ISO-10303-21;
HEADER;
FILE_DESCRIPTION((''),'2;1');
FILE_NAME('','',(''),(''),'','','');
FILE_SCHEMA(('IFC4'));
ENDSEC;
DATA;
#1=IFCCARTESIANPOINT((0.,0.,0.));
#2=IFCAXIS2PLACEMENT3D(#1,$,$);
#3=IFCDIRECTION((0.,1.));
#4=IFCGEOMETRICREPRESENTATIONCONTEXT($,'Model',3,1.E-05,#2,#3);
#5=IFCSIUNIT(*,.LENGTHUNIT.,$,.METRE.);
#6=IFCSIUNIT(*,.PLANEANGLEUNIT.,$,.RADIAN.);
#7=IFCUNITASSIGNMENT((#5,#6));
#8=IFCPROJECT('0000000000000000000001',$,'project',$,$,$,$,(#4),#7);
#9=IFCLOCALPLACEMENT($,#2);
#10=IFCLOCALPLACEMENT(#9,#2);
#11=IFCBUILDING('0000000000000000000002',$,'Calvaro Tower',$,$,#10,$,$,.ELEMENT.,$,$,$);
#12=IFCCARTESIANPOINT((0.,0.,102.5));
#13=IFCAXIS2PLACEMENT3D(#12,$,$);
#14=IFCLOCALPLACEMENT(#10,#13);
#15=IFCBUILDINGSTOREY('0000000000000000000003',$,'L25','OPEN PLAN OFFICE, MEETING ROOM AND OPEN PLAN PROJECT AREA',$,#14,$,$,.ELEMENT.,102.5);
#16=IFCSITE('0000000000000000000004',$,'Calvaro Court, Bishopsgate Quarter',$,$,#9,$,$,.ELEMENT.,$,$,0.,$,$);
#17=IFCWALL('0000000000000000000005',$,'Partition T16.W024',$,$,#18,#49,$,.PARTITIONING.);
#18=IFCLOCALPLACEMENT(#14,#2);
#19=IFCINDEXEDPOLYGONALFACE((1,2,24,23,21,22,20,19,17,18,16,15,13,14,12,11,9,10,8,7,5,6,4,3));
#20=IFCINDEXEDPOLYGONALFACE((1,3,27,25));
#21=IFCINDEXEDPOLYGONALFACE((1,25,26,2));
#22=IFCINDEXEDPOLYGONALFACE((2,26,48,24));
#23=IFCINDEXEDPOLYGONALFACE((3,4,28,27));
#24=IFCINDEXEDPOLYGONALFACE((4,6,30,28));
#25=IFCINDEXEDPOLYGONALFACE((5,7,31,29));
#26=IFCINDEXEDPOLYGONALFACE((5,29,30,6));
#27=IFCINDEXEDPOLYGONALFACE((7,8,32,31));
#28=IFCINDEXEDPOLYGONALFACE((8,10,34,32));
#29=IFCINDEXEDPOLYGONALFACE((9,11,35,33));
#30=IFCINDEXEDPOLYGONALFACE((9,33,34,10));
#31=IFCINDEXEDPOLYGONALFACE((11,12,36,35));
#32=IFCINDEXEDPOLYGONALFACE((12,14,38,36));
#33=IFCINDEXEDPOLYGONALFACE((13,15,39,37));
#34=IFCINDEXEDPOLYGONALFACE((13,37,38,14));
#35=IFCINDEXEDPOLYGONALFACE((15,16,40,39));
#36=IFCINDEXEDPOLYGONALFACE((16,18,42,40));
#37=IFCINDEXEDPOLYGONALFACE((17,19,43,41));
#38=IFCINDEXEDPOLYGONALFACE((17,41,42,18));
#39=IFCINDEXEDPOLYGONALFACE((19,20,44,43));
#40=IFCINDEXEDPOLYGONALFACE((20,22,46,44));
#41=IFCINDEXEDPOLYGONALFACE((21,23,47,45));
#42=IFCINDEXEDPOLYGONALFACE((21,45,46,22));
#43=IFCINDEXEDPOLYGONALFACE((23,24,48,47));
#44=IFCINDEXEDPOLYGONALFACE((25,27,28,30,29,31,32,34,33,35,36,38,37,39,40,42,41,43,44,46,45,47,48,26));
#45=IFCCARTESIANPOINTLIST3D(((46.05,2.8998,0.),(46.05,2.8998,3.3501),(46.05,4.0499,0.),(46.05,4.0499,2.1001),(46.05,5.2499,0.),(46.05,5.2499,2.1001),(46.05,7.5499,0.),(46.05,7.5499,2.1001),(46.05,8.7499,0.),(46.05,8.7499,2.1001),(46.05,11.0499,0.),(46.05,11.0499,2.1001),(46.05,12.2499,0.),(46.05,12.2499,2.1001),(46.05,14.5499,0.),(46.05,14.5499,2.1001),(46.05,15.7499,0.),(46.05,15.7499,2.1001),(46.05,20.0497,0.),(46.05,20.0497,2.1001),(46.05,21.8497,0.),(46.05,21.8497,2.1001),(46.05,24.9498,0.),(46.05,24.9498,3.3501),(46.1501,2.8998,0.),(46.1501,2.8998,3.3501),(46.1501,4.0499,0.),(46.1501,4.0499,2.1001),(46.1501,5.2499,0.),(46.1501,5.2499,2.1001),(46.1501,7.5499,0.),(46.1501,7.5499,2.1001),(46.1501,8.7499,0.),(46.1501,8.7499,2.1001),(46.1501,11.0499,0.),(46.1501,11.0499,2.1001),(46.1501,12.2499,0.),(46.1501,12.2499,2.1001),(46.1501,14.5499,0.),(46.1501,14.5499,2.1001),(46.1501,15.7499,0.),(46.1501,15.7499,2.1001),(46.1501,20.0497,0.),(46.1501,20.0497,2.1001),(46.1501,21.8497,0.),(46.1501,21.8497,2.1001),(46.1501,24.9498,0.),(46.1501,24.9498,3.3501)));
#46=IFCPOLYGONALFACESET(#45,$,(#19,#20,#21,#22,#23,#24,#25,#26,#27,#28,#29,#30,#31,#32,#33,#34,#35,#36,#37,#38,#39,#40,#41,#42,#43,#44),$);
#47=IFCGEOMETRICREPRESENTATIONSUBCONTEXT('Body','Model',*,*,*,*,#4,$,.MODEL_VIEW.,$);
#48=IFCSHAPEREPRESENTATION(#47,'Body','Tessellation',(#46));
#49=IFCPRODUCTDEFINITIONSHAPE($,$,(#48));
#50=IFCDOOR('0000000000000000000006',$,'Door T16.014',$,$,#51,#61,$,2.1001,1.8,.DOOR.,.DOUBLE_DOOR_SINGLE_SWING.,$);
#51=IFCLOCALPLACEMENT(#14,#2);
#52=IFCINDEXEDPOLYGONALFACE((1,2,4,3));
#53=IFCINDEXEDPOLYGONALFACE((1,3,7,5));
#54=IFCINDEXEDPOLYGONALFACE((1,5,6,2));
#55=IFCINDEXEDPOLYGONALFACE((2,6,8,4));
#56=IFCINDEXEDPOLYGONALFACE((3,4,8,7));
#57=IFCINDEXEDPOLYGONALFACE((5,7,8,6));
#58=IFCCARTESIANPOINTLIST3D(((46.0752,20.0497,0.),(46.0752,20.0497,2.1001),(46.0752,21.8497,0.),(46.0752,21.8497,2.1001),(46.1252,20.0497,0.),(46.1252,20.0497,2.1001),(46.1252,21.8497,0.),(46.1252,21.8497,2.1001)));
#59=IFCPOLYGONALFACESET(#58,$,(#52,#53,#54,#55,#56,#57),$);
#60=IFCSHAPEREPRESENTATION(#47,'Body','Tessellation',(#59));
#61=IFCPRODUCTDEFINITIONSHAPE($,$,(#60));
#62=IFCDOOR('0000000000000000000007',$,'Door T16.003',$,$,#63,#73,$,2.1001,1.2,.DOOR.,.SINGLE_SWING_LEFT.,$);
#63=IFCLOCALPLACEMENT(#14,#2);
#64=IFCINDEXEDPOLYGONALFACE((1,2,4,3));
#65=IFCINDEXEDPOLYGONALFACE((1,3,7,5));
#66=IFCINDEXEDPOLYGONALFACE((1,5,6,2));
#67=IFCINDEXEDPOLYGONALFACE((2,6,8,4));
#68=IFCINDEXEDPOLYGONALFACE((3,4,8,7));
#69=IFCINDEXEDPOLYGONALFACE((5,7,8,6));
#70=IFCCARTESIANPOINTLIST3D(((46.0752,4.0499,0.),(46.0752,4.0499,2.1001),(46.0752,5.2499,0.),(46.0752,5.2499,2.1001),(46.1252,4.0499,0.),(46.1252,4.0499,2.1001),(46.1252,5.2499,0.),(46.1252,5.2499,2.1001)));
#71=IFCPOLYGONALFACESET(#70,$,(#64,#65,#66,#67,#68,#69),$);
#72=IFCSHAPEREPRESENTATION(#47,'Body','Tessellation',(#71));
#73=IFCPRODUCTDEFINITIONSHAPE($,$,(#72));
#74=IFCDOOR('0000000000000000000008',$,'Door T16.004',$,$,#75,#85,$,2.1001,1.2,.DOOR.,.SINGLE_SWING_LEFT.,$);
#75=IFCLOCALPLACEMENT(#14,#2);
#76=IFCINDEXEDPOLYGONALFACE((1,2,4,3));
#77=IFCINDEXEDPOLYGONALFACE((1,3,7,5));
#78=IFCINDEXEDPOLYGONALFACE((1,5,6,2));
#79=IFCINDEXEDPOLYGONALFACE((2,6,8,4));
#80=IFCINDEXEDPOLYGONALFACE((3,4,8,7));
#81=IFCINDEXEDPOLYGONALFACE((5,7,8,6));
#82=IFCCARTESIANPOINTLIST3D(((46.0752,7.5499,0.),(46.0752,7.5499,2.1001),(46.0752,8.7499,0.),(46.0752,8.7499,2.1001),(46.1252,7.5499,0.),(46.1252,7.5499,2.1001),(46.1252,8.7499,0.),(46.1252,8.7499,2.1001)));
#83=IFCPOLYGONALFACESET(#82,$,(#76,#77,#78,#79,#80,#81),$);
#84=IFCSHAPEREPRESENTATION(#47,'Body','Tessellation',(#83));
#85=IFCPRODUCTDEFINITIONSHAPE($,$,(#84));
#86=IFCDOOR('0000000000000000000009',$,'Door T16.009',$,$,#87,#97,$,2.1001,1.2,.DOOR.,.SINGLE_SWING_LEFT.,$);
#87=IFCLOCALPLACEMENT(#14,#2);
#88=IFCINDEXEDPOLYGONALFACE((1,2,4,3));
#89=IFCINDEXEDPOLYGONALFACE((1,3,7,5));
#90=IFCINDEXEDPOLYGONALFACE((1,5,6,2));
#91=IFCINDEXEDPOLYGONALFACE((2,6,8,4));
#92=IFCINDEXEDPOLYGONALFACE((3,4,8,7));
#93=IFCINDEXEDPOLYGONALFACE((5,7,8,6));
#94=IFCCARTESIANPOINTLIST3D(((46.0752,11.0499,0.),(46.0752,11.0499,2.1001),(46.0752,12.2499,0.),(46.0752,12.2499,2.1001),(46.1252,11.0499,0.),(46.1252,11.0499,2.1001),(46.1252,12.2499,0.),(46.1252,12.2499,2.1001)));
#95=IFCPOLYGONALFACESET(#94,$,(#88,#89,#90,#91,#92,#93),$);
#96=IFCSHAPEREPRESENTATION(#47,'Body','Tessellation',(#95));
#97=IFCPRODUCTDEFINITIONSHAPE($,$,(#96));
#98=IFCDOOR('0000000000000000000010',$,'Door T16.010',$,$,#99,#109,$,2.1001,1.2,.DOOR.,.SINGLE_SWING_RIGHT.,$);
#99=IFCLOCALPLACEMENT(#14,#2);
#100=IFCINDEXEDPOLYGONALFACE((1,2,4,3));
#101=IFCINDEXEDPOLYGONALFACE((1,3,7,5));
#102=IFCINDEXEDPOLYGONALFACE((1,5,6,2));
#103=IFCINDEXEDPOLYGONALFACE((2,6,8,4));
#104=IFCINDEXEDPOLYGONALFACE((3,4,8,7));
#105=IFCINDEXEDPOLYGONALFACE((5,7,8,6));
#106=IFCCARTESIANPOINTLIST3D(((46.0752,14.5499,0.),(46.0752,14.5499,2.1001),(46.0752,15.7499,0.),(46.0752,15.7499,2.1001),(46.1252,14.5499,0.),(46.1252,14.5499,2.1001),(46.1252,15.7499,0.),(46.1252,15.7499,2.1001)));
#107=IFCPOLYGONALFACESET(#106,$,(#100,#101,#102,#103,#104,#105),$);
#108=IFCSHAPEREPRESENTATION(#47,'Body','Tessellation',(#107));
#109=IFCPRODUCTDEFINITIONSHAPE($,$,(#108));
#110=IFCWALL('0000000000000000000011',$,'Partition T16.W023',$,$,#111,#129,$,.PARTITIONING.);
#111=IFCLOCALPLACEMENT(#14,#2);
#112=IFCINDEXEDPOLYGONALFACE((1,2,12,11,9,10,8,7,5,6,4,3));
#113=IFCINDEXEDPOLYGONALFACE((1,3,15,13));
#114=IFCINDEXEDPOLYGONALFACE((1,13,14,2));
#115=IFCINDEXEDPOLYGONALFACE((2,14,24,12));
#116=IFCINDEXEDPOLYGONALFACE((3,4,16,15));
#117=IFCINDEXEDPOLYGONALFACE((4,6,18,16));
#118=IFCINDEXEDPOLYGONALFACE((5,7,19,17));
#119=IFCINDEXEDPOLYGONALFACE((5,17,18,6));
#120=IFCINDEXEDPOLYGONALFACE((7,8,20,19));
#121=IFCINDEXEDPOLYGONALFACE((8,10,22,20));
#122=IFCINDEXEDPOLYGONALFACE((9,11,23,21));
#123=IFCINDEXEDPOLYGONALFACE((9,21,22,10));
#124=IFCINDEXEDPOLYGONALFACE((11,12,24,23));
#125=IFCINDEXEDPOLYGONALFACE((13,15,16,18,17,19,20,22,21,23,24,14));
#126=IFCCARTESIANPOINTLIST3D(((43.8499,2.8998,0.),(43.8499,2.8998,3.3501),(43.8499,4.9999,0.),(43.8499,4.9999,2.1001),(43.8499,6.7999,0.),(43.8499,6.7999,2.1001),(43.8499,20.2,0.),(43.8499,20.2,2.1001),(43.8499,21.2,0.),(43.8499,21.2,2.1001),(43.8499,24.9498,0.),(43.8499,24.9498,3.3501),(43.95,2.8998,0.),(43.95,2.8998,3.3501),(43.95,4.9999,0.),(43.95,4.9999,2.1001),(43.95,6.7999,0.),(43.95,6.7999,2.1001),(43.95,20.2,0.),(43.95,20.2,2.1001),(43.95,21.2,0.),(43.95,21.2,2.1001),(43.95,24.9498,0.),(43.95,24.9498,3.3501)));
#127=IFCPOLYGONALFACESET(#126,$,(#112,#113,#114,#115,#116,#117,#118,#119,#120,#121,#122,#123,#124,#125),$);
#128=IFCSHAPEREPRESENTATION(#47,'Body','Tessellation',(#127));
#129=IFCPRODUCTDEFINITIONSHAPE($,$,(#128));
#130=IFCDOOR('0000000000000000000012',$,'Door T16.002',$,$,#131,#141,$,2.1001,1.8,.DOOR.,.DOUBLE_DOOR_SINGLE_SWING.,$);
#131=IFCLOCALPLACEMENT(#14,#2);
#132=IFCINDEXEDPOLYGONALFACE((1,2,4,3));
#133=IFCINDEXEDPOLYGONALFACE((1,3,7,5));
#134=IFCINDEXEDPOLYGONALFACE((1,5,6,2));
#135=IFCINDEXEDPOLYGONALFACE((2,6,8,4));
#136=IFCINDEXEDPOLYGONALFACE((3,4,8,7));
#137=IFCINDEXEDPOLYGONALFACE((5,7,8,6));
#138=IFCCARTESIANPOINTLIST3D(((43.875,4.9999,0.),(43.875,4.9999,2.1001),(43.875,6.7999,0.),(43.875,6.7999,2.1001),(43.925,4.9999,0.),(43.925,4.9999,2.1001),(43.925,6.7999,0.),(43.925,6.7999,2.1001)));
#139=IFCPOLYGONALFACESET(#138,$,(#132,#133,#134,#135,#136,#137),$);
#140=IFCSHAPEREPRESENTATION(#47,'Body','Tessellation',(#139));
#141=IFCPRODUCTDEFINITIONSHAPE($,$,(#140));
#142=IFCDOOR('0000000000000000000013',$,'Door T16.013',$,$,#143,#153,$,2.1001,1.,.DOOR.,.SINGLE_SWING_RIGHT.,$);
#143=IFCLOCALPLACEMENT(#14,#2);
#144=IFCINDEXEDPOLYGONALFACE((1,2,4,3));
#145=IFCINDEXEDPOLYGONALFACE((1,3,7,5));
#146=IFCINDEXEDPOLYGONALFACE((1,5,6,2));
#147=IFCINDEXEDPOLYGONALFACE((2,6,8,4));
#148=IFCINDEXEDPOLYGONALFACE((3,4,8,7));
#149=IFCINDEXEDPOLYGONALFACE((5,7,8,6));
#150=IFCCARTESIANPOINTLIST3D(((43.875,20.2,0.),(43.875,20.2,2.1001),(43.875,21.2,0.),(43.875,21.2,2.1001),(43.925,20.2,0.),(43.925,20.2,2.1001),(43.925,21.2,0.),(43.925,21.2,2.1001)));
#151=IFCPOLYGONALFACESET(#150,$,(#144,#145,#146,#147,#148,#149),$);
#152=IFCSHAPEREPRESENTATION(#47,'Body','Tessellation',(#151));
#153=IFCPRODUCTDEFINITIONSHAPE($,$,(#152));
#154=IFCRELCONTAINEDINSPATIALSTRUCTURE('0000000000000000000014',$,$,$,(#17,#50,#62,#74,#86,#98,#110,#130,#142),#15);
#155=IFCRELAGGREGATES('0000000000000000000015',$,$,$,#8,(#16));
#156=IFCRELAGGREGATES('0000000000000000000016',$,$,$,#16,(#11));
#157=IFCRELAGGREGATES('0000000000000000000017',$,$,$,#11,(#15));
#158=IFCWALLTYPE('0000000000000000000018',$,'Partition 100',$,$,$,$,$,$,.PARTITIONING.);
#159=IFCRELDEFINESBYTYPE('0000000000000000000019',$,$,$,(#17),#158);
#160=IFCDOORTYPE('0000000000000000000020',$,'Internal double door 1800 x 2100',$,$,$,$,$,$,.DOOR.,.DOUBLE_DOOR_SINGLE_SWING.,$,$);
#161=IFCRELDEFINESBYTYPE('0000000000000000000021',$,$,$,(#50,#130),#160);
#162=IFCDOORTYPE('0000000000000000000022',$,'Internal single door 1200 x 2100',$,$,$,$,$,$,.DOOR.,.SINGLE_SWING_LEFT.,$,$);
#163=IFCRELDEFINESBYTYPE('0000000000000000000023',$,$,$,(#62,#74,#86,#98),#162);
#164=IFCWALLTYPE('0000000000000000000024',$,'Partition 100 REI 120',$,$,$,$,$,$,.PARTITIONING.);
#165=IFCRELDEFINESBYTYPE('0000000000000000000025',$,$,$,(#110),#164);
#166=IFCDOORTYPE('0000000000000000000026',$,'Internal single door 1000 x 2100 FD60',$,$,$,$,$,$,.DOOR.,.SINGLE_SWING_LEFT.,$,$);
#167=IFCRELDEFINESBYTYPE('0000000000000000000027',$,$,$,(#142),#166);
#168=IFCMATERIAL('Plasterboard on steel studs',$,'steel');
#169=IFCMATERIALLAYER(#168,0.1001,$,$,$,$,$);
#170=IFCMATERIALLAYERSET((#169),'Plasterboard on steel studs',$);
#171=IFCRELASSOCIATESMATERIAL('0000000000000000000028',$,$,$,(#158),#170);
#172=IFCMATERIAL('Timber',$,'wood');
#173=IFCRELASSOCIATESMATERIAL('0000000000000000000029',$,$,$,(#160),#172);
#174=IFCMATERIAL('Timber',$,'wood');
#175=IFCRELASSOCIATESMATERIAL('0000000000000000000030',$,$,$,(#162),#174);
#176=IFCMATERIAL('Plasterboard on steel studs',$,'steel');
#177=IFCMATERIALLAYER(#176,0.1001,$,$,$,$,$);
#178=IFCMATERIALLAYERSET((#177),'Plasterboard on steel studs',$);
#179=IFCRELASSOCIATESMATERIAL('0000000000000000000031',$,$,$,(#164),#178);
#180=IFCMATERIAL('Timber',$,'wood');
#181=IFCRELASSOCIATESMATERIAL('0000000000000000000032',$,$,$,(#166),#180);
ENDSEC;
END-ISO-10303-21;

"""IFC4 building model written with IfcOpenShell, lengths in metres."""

from ifc_helpers import new_model, si_unit, direction, frame, frame_2d, origin, place, context, subcontext, project, spatial, rectangle, extrude, material, layer, layer_set, type_object, element, fill, save


model = new_model("IFC4")

# Units and contexts
model_context = context("Model", 3, precision=1e-05, world=origin(), true_north=direction((0.0, 1.0)))
body_context = subcontext(model_context, "Body", "Model", "MODEL_VIEW")
ifc_project = project(units=[si_unit("LENGTHUNIT", "METRE"), si_unit("PLANEANGLEUNIT", "RADIAN")], contexts=[model_context])

# Site, building, storey
site_placement = place(None, origin())
site = spatial("IfcSite", under=ifc_project, at=site_placement, Name="Calvaro Court, Bishopsgate Quarter", CompositionType="ELEMENT", RefElevation=0.0)
building_placement = place(site_placement, origin())
building = spatial("IfcBuilding", under=site, at=building_placement, Name="Calvaro Tower", CompositionType="ELEMENT")
storey_placement = place(building_placement, frame((0.0, 0.0, 102.5)))
storey = spatial("IfcBuildingStorey", under=building, at=storey_placement, Name="L25", Description="OPEN PLAN OFFICE, MEETING ROOM AND OPEN PLAN PROJECT AREA", CompositionType="ELEMENT", Elevation=102.5)

# Shared definitions
ifc_material_1 = material(Name="Plasterboard on steel studs", Category="steel")
ifc_layer_1 = layer(ifc_material_1, 0.1001)
ifc_layer_set_1 = layer_set([ifc_layer_1], Name="Plasterboard on steel studs")
wall_type_1 = type_object("IfcWallType", Name="Partition 100", PredefinedType="PARTITIONING", material=ifc_layer_set_1)

# Walls, openings, doors
wall_1_placement = place(storey_placement, frame((46.1001, 2.8999, 0.0), z_axis=(0.0, 0.0, 1.0), x_axis=(0.0, 1.0, 0.0)))
wall_1 = element("IfcWall", 1, at=wall_1_placement, inside=storey, type_object=wall_type_1, Name="Partition T16.W024", PredefinedType="PARTITIONING", context=body_context, shape_type="SweptSolid", body=[
    extrude(rectangle(XDim=22.05, YDim=0.1001, at=frame_2d((11.0249, 0.0))), origin(), (0.0, 0.0, 1.0), 3.3501),
])
opening_1_placement = place(wall_1_placement, frame((1.1499, 0.0, 0.0)))
opening_1 = element("IfcOpeningElement", 2, at=opening_1_placement, cuts=wall_1, PredefinedType="OPENING", context=body_context, shape_type="SweptSolid", body=[
    extrude(rectangle(XDim=1.2, YDim=2.1001, at=frame_2d((0.6001, 1.05))), frame((0.0, 0.0601, 0.0), z_axis=(0.0, -1.0, 0.0), x_axis=(1.0, 0.0, 0.0)), (0.0, 0.0, 1.0), 0.1201),
])
opening_2_placement = place(wall_1_placement, frame((4.6499, 0.0, 0.0)))
opening_2 = element("IfcOpeningElement", 3, at=opening_2_placement, cuts=wall_1, PredefinedType="OPENING", context=body_context, shape_type="SweptSolid", body=[
    extrude(rectangle(XDim=1.2, YDim=2.1001, at=frame_2d((0.6001, 1.05))), frame((0.0, 0.0601, 0.0), z_axis=(0.0, -1.0, 0.0), x_axis=(1.0, 0.0, 0.0)), (0.0, 0.0, 1.0), 0.1201),
])
opening_3_placement = place(wall_1_placement, frame((8.1499, 0.0, 0.0)))
opening_3 = element("IfcOpeningElement", 4, at=opening_3_placement, cuts=wall_1, PredefinedType="OPENING", context=body_context, shape_type="SweptSolid", body=[
    extrude(rectangle(XDim=1.2, YDim=2.1001, at=frame_2d((0.6001, 1.05))), frame((0.0, 0.0601, 0.0), z_axis=(0.0, -1.0, 0.0), x_axis=(1.0, 0.0, 0.0)), (0.0, 0.0, 1.0), 0.1201),
])
opening_4_placement = place(wall_1_placement, frame((11.6499, 0.0, 0.0)))
opening_4 = element("IfcOpeningElement", 5, at=opening_4_placement, cuts=wall_1, PredefinedType="OPENING", context=body_context, shape_type="SweptSolid", body=[
    extrude(rectangle(XDim=1.2, YDim=2.1001, at=frame_2d((0.6001, 1.05))), frame((0.0, 0.0601, 0.0), z_axis=(0.0, -1.0, 0.0), x_axis=(1.0, 0.0, 0.0)), (0.0, 0.0, 1.0), 0.1201),
])
opening_5_placement = place(wall_1_placement, frame((17.1499, 0.0, 0.0)))
opening_5 = element("IfcOpeningElement", 6, at=opening_5_placement, cuts=wall_1, PredefinedType="OPENING", context=body_context, shape_type="SweptSolid", body=[
    extrude(rectangle(XDim=1.8, YDim=2.1001, at=frame_2d((0.8999, 1.05))), frame((0.0, 0.0601, 0.0), z_axis=(0.0, -1.0, 0.0), x_axis=(1.0, 0.0, 0.0)), (0.0, 0.0, 1.0), 0.1201),
])
ifc_material_2 = material(Name="Timber", Category="wood")
door_type_1 = type_object("IfcDoorType", Name="Internal double door 1800 x 2100", OperationType="DOUBLE_DOOR_SINGLE_SWING", PredefinedType="DOOR", material=ifc_material_2)
door_1_placement = place(opening_5_placement, origin())
door_1 = element("IfcDoor", 7, at=door_1_placement, inside=storey, type_object=door_type_1, Name="Door T16.014", OperationType="DOUBLE_DOOR_SINGLE_SWING", OverallHeight=2.1001, OverallWidth=1.8, PredefinedType="DOOR", context=body_context, shape_type="SweptSolid", body=[
    extrude(rectangle(XDim=1.8, YDim=2.1001, at=frame_2d((0.8999, 1.05))), frame((0.0, 0.0249, 0.0), z_axis=(0.0, -1.0, 0.0), x_axis=(1.0, 0.0, 0.0)), (0.0, 0.0, 1.0), 0.05),
])
fill(opening_5, door_1)
ifc_material_3 = material(Name="Timber", Category="wood")
door_type_2 = type_object("IfcDoorType", Name="Internal single door 1200 x 2100", OperationType="SINGLE_SWING_LEFT", PredefinedType="DOOR", material=ifc_material_3)
door_2_placement = place(opening_1_placement, origin())
door_2 = element("IfcDoor", 8, at=door_2_placement, inside=storey, type_object=door_type_2, Name="Door T16.003", OperationType="SINGLE_SWING_LEFT", OverallHeight=2.1001, OverallWidth=1.2, PredefinedType="DOOR", context=body_context, shape_type="SweptSolid", body=[
    extrude(rectangle(XDim=1.2, YDim=2.1001, at=frame_2d((0.6001, 1.05))), frame((0.0, 0.0249, 0.0), z_axis=(0.0, -1.0, 0.0), x_axis=(1.0, 0.0, 0.0)), (0.0, 0.0, 1.0), 0.05),
])
fill(opening_1, door_2)
door_3_placement = place(opening_2_placement, origin())
door_3 = element("IfcDoor", 9, at=door_3_placement, inside=storey, type_object=door_type_2, Name="Door T16.004", OperationType="SINGLE_SWING_LEFT", OverallHeight=2.1001, OverallWidth=1.2, PredefinedType="DOOR", context=body_context, shape_type="SweptSolid", body=[
    extrude(rectangle(XDim=1.2, YDim=2.1001, at=frame_2d((0.6001, 1.05))), frame((0.0, 0.0249, 0.0), z_axis=(0.0, -1.0, 0.0), x_axis=(1.0, 0.0, 0.0)), (0.0, 0.0, 1.0), 0.05),
])
fill(opening_2, door_3)
door_4_placement = place(opening_3_placement, origin())
door_4 = element("IfcDoor", 10, at=door_4_placement, inside=storey, type_object=door_type_2, Name="Door T16.009", OperationType="SINGLE_SWING_LEFT", OverallHeight=2.1001, OverallWidth=1.2, PredefinedType="DOOR", context=body_context, shape_type="SweptSolid", body=[
    extrude(rectangle(XDim=1.2, YDim=2.1001, at=frame_2d((0.6001, 1.05))), frame((0.0, 0.0249, 0.0), z_axis=(0.0, -1.0, 0.0), x_axis=(1.0, 0.0, 0.0)), (0.0, 0.0, 1.0), 0.05),
])
fill(opening_3, door_4)
door_5_placement = place(opening_4_placement, origin())
door_5 = element("IfcDoor", 11, at=door_5_placement, inside=storey, type_object=door_type_2, Name="Door T16.010", OperationType="SINGLE_SWING_RIGHT", OverallHeight=2.1001, OverallWidth=1.2, PredefinedType="DOOR", context=body_context, shape_type="SweptSolid", body=[
    extrude(rectangle(XDim=1.2, YDim=2.1001, at=frame_2d((0.6001, 1.05))), frame((0.0, 0.0249, 0.0), z_axis=(0.0, -1.0, 0.0), x_axis=(1.0, 0.0, 0.0)), (0.0, 0.0, 1.0), 0.05),
])
fill(opening_4, door_5)
ifc_material_4 = material(Name="Plasterboard on steel studs", Category="steel")
ifc_layer_2 = layer(ifc_material_4, 0.1001)
ifc_layer_set_2 = layer_set([ifc_layer_2], Name="Plasterboard on steel studs")
wall_type_2 = type_object("IfcWallType", Name="Partition 100 REI 120", PredefinedType="PARTITIONING", material=ifc_layer_set_2)
wall_2_placement = place(storey_placement, frame((43.8999, 2.8999, 0.0), z_axis=(0.0, 0.0, 1.0), x_axis=(0.0, 1.0, 0.0)))
wall_2 = element("IfcWall", 12, at=wall_2_placement, inside=storey, type_object=wall_type_2, Name="Partition T16.W023", PredefinedType="PARTITIONING", context=body_context, shape_type="SweptSolid", body=[
    extrude(rectangle(XDim=22.05, YDim=0.1001, at=frame_2d((11.0249, 0.0))), origin(), (0.0, 0.0, 1.0), 3.3501),
])
opening_6_placement = place(wall_2_placement, frame((2.1001, 0.0, 0.0)))
opening_6 = element("IfcOpeningElement", 13, at=opening_6_placement, cuts=wall_2, PredefinedType="OPENING", context=body_context, shape_type="SweptSolid", body=[
    extrude(rectangle(XDim=1.8, YDim=2.1001, at=frame_2d((0.8999, 1.05))), frame((0.0, 0.0601, 0.0), z_axis=(0.0, -1.0, 0.0), x_axis=(1.0, 0.0, 0.0)), (0.0, 0.0, 1.0), 0.1201),
])
opening_7_placement = place(wall_2_placement, frame((17.3, 0.0, 0.0)))
opening_7 = element("IfcOpeningElement", 14, at=opening_7_placement, cuts=wall_2, PredefinedType="OPENING", context=body_context, shape_type="SweptSolid", body=[
    extrude(rectangle(XDim=1.0, YDim=2.1001, at=frame_2d((0.5, 1.05))), frame((0.0, 0.0601, 0.0), z_axis=(0.0, -1.0, 0.0), x_axis=(1.0, 0.0, 0.0)), (0.0, 0.0, 1.0), 0.1201),
])
door_6_placement = place(opening_6_placement, origin())
door_6 = element("IfcDoor", 15, at=door_6_placement, inside=storey, type_object=door_type_1, Name="Door T16.002", OperationType="DOUBLE_DOOR_SINGLE_SWING", OverallHeight=2.1001, OverallWidth=1.8, PredefinedType="DOOR", context=body_context, shape_type="SweptSolid", body=[
    extrude(rectangle(XDim=1.8, YDim=2.1001, at=frame_2d((0.8999, 1.05))), frame((0.0, 0.0249, 0.0), z_axis=(0.0, -1.0, 0.0), x_axis=(1.0, 0.0, 0.0)), (0.0, 0.0, 1.0), 0.05),
])
fill(opening_6, door_6)
ifc_material_5 = material(Name="Timber", Category="wood")
door_type_3 = type_object("IfcDoorType", Name="Internal single door 1000 x 2100 FD60", OperationType="SINGLE_SWING_LEFT", PredefinedType="DOOR", material=ifc_material_5)
door_7_placement = place(opening_7_placement, origin())
door_7 = element("IfcDoor", 16, at=door_7_placement, inside=storey, type_object=door_type_3, Name="Door T16.013", OperationType="SINGLE_SWING_RIGHT", OverallHeight=2.1001, OverallWidth=1.0, PredefinedType="DOOR", context=body_context, shape_type="SweptSolid", body=[
    extrude(rectangle(XDim=1.0, YDim=2.1001, at=frame_2d((0.5, 1.05))), frame((0.0, 0.0249, 0.0), z_axis=(0.0, -1.0, 0.0), x_axis=(1.0, 0.0, 0.0)), (0.0, 0.0, 1.0), 0.05),
])
fill(opening_7, door_7)

save(model, "model.ifc")
